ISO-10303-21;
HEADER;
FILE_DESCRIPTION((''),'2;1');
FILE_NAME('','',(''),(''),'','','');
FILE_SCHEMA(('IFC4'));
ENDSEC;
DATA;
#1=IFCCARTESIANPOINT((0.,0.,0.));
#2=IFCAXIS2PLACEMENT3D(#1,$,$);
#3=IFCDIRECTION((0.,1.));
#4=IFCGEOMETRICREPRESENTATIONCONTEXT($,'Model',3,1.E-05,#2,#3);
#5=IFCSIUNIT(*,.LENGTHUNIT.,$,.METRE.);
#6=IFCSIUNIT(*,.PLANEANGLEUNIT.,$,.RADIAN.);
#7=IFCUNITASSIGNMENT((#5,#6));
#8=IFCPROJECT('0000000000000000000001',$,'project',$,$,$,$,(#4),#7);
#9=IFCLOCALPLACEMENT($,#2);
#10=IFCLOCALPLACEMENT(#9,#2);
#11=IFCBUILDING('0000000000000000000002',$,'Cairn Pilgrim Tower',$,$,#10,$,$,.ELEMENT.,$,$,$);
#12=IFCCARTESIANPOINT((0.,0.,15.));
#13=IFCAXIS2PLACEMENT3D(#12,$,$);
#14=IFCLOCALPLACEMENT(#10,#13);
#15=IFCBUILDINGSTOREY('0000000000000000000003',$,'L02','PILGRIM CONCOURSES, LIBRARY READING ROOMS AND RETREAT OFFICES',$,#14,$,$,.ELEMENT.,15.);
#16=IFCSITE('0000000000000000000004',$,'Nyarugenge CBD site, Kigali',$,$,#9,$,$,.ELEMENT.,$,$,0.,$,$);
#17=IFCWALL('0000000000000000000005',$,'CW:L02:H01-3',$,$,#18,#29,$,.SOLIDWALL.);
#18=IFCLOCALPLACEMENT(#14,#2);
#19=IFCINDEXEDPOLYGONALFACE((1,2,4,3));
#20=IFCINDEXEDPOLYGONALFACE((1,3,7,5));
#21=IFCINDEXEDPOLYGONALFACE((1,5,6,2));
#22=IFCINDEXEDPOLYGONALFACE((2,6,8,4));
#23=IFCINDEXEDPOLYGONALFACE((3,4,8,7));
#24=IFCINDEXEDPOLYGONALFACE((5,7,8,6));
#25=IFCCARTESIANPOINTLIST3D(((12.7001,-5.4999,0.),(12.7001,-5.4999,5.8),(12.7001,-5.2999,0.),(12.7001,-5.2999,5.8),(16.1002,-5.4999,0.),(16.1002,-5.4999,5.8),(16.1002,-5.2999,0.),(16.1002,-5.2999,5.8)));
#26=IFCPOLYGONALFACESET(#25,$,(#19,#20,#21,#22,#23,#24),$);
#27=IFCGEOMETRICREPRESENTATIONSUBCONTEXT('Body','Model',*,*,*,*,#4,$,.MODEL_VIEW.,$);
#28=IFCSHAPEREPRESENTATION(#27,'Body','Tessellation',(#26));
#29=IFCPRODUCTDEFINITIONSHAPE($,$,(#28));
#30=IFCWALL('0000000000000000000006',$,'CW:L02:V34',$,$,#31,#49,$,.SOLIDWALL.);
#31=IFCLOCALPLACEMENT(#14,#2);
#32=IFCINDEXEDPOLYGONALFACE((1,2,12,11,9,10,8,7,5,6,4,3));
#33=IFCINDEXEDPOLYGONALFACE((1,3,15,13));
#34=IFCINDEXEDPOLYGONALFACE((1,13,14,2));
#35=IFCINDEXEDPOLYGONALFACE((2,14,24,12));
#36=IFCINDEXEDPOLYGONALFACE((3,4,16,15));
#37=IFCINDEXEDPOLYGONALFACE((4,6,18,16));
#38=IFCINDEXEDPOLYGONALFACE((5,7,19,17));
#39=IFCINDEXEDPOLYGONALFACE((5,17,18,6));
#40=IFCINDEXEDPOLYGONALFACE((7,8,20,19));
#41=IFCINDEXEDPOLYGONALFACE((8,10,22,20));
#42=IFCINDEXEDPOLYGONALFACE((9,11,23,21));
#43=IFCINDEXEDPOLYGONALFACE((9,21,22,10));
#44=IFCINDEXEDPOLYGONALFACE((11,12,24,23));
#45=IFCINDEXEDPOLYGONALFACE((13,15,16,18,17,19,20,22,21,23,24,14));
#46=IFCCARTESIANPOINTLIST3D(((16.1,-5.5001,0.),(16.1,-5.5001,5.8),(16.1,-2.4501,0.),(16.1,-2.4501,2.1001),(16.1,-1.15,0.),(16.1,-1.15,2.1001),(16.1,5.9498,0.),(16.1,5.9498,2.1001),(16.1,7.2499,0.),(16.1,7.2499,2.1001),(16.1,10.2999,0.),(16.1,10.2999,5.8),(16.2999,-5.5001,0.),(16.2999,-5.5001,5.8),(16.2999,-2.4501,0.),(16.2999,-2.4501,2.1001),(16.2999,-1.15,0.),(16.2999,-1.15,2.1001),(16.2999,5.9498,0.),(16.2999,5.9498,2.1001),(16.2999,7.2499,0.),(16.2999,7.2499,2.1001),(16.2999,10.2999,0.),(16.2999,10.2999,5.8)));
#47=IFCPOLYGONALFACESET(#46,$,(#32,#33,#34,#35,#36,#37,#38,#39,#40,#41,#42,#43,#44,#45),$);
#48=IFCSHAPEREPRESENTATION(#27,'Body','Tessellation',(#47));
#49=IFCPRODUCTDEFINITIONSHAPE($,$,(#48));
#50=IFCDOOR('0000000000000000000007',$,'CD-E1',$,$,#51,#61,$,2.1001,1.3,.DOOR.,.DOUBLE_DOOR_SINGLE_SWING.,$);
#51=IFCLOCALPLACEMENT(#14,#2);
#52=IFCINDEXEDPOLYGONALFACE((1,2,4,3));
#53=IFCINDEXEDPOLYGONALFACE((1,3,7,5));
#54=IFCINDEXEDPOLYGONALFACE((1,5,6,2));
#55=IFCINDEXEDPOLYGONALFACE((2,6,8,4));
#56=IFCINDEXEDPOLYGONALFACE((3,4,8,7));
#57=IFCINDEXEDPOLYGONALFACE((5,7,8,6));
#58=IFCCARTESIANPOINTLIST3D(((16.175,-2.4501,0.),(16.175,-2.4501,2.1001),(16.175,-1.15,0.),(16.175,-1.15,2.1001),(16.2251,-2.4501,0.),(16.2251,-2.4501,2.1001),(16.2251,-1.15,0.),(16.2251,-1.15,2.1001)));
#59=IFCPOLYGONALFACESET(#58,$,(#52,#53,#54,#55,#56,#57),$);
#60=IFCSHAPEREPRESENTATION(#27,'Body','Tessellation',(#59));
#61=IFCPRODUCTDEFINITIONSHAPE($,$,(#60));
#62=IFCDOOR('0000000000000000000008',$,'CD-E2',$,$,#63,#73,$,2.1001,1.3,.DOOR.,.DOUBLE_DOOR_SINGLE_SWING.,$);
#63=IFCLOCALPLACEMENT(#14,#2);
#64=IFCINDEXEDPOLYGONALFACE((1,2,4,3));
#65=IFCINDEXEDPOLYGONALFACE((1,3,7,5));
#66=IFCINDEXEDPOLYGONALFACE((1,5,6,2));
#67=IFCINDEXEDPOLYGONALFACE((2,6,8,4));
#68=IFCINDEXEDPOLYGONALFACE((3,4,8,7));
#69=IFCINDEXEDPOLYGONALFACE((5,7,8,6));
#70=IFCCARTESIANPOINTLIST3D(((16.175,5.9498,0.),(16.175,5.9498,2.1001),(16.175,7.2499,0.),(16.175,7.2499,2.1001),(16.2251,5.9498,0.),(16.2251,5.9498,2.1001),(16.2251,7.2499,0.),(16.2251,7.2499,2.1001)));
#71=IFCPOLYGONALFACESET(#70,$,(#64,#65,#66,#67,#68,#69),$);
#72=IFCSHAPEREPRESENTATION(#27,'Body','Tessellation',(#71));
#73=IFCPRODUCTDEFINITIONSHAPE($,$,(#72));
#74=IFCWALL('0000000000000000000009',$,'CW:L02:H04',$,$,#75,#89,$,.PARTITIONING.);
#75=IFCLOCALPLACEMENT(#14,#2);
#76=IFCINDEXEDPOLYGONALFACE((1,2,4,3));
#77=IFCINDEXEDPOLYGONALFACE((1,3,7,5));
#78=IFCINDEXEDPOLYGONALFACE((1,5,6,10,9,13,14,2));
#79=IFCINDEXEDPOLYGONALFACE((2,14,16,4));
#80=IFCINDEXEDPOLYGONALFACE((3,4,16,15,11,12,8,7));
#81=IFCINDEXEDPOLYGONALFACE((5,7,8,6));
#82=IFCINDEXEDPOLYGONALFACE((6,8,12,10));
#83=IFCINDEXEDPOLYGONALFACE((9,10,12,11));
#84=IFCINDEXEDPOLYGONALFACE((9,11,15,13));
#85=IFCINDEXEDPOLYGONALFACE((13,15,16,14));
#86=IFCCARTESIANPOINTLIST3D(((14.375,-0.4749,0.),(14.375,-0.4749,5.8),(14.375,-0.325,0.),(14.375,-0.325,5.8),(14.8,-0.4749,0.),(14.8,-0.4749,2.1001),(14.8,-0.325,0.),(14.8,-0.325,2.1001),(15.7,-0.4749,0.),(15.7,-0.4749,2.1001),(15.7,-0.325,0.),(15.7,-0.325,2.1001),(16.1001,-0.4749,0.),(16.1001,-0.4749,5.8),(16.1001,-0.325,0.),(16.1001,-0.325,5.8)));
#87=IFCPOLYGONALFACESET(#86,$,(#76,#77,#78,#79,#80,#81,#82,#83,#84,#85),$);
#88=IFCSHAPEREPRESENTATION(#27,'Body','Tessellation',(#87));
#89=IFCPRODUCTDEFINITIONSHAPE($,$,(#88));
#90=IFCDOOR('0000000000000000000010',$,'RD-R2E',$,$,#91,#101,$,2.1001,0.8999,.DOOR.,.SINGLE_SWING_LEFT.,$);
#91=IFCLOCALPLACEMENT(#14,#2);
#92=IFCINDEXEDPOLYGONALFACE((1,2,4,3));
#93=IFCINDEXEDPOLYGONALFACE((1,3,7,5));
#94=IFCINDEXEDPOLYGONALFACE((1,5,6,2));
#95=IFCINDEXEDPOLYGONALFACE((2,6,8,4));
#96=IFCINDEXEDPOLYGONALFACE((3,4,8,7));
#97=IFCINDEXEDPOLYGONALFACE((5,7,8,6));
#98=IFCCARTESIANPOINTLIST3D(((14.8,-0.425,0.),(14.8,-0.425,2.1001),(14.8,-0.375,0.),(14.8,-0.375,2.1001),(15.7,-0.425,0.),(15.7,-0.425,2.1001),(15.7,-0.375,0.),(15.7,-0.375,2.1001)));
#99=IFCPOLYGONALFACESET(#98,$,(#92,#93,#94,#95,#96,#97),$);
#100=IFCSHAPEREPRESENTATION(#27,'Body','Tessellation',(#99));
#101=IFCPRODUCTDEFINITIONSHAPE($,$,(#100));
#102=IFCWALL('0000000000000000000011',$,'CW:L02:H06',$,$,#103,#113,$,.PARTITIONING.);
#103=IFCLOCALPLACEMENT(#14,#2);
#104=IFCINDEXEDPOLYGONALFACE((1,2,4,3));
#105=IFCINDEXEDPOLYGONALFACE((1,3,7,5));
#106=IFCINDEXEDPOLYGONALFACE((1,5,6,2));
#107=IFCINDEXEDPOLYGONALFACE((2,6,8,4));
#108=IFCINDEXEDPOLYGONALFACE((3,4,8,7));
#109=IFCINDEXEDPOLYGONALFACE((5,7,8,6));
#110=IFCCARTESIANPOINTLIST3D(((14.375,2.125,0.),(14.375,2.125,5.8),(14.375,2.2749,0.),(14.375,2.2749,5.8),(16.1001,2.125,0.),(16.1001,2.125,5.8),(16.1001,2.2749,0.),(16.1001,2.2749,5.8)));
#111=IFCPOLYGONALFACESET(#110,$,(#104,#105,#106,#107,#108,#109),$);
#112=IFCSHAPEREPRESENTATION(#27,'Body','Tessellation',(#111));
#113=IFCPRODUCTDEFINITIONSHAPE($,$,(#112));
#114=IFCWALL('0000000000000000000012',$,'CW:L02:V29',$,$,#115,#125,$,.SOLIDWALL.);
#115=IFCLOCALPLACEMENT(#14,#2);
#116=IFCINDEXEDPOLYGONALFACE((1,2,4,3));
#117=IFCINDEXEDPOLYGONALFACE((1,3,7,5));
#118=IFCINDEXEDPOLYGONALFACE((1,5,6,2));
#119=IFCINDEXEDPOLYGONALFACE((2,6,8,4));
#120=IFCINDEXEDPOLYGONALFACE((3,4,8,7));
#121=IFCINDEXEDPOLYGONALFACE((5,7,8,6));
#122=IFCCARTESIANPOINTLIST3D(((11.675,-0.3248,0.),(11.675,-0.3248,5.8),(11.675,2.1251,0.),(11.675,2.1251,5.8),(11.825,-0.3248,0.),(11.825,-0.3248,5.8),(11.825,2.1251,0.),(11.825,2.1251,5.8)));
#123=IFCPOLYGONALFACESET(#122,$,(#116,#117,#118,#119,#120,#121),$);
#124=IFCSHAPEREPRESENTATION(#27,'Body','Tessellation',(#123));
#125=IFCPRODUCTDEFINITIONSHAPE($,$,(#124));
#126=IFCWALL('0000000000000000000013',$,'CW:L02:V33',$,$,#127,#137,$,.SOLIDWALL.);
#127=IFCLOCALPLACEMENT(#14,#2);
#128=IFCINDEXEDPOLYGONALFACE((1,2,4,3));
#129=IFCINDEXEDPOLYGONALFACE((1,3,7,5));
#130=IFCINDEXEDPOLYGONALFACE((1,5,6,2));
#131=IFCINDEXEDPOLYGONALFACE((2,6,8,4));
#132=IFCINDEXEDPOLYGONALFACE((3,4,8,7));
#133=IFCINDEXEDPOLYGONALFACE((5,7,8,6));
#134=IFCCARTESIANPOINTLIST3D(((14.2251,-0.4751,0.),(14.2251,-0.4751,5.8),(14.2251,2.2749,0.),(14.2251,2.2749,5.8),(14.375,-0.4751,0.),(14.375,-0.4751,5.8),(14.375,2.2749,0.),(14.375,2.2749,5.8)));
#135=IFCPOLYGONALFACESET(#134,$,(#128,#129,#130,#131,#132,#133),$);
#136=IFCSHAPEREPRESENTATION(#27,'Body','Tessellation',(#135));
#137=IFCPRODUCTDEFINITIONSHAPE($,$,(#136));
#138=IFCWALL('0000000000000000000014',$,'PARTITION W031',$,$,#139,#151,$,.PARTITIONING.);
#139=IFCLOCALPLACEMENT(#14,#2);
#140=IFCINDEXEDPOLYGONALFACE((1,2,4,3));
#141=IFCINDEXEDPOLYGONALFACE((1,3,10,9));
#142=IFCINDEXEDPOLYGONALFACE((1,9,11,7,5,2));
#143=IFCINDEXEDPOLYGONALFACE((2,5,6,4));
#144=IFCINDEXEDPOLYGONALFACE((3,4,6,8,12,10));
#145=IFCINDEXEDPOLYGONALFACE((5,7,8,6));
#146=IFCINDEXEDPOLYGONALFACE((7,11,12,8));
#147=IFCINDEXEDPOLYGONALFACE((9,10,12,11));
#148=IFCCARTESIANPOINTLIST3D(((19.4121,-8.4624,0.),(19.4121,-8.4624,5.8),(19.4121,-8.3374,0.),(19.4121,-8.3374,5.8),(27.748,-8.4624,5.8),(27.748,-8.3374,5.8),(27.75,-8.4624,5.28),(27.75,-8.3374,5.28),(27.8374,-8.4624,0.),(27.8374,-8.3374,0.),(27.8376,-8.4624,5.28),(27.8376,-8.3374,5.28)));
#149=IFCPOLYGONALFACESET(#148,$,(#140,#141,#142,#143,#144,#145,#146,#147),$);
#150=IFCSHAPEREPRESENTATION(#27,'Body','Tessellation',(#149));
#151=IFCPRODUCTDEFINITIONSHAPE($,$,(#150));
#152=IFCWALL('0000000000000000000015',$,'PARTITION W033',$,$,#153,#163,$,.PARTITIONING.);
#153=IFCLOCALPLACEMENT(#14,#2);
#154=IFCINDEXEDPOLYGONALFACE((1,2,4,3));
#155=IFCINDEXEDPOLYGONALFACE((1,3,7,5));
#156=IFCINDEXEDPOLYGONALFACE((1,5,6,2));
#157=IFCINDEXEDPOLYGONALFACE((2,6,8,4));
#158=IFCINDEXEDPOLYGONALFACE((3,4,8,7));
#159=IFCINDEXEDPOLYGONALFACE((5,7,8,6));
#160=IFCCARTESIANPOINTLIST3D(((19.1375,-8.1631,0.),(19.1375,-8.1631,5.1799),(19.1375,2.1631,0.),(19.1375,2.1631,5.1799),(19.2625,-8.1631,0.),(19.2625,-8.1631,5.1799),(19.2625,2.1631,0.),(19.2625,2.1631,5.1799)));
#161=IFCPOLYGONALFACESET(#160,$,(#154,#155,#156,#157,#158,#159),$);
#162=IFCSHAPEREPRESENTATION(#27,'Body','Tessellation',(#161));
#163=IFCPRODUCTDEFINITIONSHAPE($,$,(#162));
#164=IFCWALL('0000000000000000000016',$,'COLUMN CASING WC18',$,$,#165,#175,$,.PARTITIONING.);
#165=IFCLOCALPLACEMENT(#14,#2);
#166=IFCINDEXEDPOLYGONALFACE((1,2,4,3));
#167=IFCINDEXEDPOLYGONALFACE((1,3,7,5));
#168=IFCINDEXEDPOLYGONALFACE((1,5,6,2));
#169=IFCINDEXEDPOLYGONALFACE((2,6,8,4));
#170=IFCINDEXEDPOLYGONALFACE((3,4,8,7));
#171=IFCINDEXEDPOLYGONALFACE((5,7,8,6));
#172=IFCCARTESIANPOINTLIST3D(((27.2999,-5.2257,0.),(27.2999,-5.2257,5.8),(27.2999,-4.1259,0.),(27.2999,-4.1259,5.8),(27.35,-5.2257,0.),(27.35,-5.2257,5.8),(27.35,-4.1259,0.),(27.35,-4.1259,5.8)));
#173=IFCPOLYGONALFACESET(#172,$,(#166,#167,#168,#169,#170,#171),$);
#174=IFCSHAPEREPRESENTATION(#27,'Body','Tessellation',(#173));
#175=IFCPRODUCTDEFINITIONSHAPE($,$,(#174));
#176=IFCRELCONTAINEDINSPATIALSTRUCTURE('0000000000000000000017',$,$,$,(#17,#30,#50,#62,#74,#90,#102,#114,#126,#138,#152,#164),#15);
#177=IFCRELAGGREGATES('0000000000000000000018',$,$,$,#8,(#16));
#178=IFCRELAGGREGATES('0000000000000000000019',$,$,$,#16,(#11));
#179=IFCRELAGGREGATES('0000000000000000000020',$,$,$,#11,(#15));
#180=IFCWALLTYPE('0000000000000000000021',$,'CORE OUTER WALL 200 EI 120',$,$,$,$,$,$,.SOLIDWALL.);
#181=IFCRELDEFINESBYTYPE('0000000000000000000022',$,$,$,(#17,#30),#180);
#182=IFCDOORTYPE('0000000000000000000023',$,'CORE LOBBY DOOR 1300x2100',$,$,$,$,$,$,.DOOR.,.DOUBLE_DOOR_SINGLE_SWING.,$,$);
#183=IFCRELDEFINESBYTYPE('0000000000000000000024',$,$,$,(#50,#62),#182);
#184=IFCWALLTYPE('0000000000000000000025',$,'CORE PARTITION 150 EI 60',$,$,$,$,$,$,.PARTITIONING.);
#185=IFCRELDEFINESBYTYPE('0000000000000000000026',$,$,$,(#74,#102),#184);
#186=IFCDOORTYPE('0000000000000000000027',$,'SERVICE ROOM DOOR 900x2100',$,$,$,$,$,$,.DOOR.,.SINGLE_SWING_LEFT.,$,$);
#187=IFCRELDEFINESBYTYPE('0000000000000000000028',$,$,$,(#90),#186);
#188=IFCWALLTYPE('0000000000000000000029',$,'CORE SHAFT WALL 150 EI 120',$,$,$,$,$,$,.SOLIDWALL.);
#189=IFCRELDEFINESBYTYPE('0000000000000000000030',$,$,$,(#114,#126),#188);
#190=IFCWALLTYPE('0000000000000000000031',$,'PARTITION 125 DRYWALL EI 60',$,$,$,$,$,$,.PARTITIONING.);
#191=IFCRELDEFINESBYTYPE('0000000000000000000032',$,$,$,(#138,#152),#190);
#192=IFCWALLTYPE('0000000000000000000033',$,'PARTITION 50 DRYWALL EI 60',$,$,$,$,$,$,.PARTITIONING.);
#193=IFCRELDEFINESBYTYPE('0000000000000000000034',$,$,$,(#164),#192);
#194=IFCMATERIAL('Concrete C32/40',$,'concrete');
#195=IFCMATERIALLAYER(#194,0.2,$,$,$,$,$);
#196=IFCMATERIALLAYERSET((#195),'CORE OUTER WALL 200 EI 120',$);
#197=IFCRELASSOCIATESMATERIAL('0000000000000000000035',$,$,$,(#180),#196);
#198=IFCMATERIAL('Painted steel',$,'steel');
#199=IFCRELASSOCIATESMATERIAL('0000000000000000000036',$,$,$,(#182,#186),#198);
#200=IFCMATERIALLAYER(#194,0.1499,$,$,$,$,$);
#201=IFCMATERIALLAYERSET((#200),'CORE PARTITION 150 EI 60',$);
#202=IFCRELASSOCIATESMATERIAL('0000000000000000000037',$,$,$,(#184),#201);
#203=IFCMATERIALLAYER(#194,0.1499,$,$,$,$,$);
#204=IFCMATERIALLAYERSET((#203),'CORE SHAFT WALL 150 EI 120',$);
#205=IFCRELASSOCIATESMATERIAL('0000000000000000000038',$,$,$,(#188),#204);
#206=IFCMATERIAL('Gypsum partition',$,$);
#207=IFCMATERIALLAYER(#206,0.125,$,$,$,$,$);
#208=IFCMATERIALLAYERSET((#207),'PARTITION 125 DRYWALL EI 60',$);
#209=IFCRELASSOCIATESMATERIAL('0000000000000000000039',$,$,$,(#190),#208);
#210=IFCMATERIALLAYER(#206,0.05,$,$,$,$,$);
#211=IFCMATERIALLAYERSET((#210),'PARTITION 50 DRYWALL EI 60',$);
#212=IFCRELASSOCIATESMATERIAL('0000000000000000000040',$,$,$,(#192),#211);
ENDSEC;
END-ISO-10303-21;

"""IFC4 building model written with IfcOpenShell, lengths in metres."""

from ifc_helpers import new_model, si_unit, direction, frame, frame_2d, origin, place, context, subcontext, project, spatial, polyline, rectangle, outline, extrude, material, layer, layer_set, type_object, element, fill, save


model = new_model("IFC4")

# Units and contexts
model_context = context("Model", 3, precision=1e-05, world=origin(), true_north=direction((0.0, 1.0)))
body_context = subcontext(model_context, "Body", "Model", "MODEL_VIEW")
ifc_project = project(units=[si_unit("LENGTHUNIT", "METRE"), si_unit("PLANEANGLEUNIT", "RADIAN")], contexts=[model_context])

# Site, building, storey
site_placement = place(None, origin())
site = spatial("IfcSite", under=ifc_project, at=site_placement, Name="Nyarugenge CBD site, Kigali", CompositionType="ELEMENT", RefElevation=0.0)
building_placement = place(site_placement, origin())
building = spatial("IfcBuilding", under=site, at=building_placement, Name="Cairn Pilgrim Tower", CompositionType="ELEMENT")
storey_placement = place(building_placement, frame((0.0, 0.0, 15.0)))
storey = spatial("IfcBuildingStorey", under=building, at=storey_placement, Name="L02", Description="PILGRIM CONCOURSES, LIBRARY READING ROOMS AND RETREAT OFFICES", CompositionType="ELEMENT", Elevation=15.0)

# Wall
ifc_material_1 = material(Name="Concrete C32/40", Category="concrete")
ifc_layer_1 = layer(ifc_material_1, 0.2)
ifc_layer_set_1 = layer_set([ifc_layer_1], Name="CORE OUTER WALL 200 EI 120")
wall_type_1 = type_object("IfcWallType", Name="CORE OUTER WALL 200 EI 120", PredefinedType="SOLIDWALL", material=ifc_layer_set_1)
wall_1_placement = place(storey_placement, frame((12.7, -5.3999, 0.0), z_axis=(0.0, 0.0, 1.0), x_axis=(1.0, 0.0, 0.0)))
element("IfcWall", 1, at=wall_1_placement, inside=storey, type_object=wall_type_1, Name="CW:L02:H01-3", PredefinedType="SOLIDWALL", context=body_context, shape_type="SweptSolid", body=[
    extrude(rectangle(XDim=3.4001, YDim=0.2, at=frame_2d((1.7002, 0.0))), origin(), (0.0, 0.0, 1.0), 5.8),
])

# Wall, openings, doors
wall_2_placement = place(storey_placement, frame((16.2, -5.5, 0.0), z_axis=(0.0, 0.0, 1.0), x_axis=(0.0, 1.0, 0.0)))
wall_2 = element("IfcWall", 2, at=wall_2_placement, inside=storey, type_object=wall_type_1, Name="CW:L02:V34", PredefinedType="SOLIDWALL", context=body_context, shape_type="SweptSolid", body=[
    extrude(rectangle(XDim=15.8, YDim=0.2, at=frame_2d((7.8999, 0.0))), origin(), (0.0, 0.0, 1.0), 5.8),
])
opening_1_placement = place(wall_2_placement, frame((3.05, 0.0, 0.0)))
opening_1 = element("IfcOpeningElement", 3, at=opening_1_placement, cuts=wall_2, PredefinedType="OPENING", context=body_context, shape_type="SweptSolid", body=[
    extrude(rectangle(XDim=1.3, YDim=2.1001, at=frame_2d((0.6499, 1.05))), frame((0.0, 0.1099, 0.0), z_axis=(0.0, -1.0, 0.0), x_axis=(1.0, 0.0, 0.0)), (0.0, 0.0, 1.0), 0.22),
])
opening_2_placement = place(wall_2_placement, frame((11.45, 0.0, 0.0)))
opening_2 = element("IfcOpeningElement", 4, at=opening_2_placement, cuts=wall_2, PredefinedType="OPENING", context=body_context, shape_type="SweptSolid", body=[
    extrude(rectangle(XDim=1.3, YDim=2.1001, at=frame_2d((0.6499, 1.05))), frame((0.0, 0.1099, 0.0), z_axis=(0.0, -1.0, 0.0), x_axis=(1.0, 0.0, 0.0)), (0.0, 0.0, 1.0), 0.22),
])
ifc_material_2 = material(Name="Painted steel", Category="steel")
door_type_1 = type_object("IfcDoorType", Name="CORE LOBBY DOOR 1300x2100", OperationType="DOUBLE_DOOR_SINGLE_SWING", PredefinedType="DOOR", material=ifc_material_2)
door_1_placement = place(opening_1_placement, origin())
door_1 = element("IfcDoor", 5, at=door_1_placement, inside=storey, type_object=door_type_1, Name="CD-E1", OperationType="DOUBLE_DOOR_SINGLE_SWING", OverallHeight=2.1001, OverallWidth=1.3, PredefinedType="DOOR", context=body_context, shape_type="SweptSolid", body=[
    extrude(rectangle(XDim=1.3, YDim=2.1001, at=frame_2d((0.6499, 1.05))), frame((0.0, 0.0249, 0.0), z_axis=(0.0, -1.0, 0.0), x_axis=(1.0, 0.0, 0.0)), (0.0, 0.0, 1.0), 0.05),
])
fill(opening_1, door_1)
door_2_placement = place(opening_2_placement, origin())
door_2 = element("IfcDoor", 6, at=door_2_placement, inside=storey, type_object=door_type_1, Name="CD-E2", OperationType="DOUBLE_DOOR_SINGLE_SWING", OverallHeight=2.1001, OverallWidth=1.3, PredefinedType="DOOR", context=body_context, shape_type="SweptSolid", body=[
    extrude(rectangle(XDim=1.3, YDim=2.1001, at=frame_2d((0.6499, 1.05))), frame((0.0, 0.0249, 0.0), z_axis=(0.0, -1.0, 0.0), x_axis=(1.0, 0.0, 0.0)), (0.0, 0.0, 1.0), 0.05),
])
fill(opening_2, door_2)

# Wall, opening, door
ifc_layer_2 = layer(ifc_material_1, 0.1499)
ifc_layer_set_2 = layer_set([ifc_layer_2], Name="CORE PARTITION 150 EI 60")
wall_type_2 = type_object("IfcWallType", Name="CORE PARTITION 150 EI 60", PredefinedType="PARTITIONING", material=ifc_layer_set_2)
wall_3_placement = place(storey_placement, frame((14.375, -0.3999, 0.0), z_axis=(0.0, 0.0, 1.0), x_axis=(1.0, 0.0, 0.0)))
wall_3 = element("IfcWall", 7, at=wall_3_placement, inside=storey, type_object=wall_type_2, Name="CW:L02:H04", PredefinedType="PARTITIONING", context=body_context, shape_type="SweptSolid", body=[
    extrude(rectangle(XDim=1.7251, YDim=0.1499, at=frame_2d((0.8625, 0.0))), origin(), (0.0, 0.0, 1.0), 5.8),
])
opening_3_placement = place(wall_3_placement, frame((0.425, 0.0, 0.0)))
opening_3 = element("IfcOpeningElement", 8, at=opening_3_placement, cuts=wall_3, PredefinedType="OPENING", context=body_context, shape_type="SweptSolid", body=[
    extrude(rectangle(XDim=0.8999, YDim=2.1001, at=frame_2d((0.45, 1.05))), frame((0.0, 0.085, 0.0), z_axis=(0.0, -1.0, 0.0), x_axis=(1.0, 0.0, 0.0)), (0.0, 0.0, 1.0), 0.1699),
])
door_type_2 = type_object("IfcDoorType", Name="SERVICE ROOM DOOR 900x2100", OperationType="SINGLE_SWING_LEFT", PredefinedType="DOOR", material=ifc_material_2)
door_3_placement = place(opening_3_placement, origin())
door_3 = element("IfcDoor", 9, at=door_3_placement, inside=storey, type_object=door_type_2, Name="RD-R2E", OperationType="SINGLE_SWING_LEFT", OverallHeight=2.1001, OverallWidth=0.8999, PredefinedType="DOOR", context=body_context, shape_type="SweptSolid", body=[
    extrude(rectangle(XDim=0.8999, YDim=2.1001, at=frame_2d((0.45, 1.05))), frame((0.0, 0.0249, 0.0), z_axis=(0.0, -1.0, 0.0), x_axis=(1.0, 0.0, 0.0)), (0.0, 0.0, 1.0), 0.05),
])
fill(opening_3, door_3)

# Walls
wall_4_placement = place(storey_placement, frame((14.375, 2.2, 0.0), z_axis=(0.0, 0.0, 1.0), x_axis=(1.0, 0.0, 0.0)))
element("IfcWall", 10, at=wall_4_placement, inside=storey, type_object=wall_type_2, Name="CW:L02:H06", PredefinedType="PARTITIONING", context=body_context, shape_type="SweptSolid", body=[
    extrude(rectangle(XDim=1.7251, YDim=0.1499, at=frame_2d((0.8625, 0.0))), origin(), (0.0, 0.0, 1.0), 5.8),
])
ifc_layer_3 = layer(ifc_material_1, 0.1499)
ifc_layer_set_3 = layer_set([ifc_layer_3], Name="CORE SHAFT WALL 150 EI 120")
wall_type_3 = type_object("IfcWallType", Name="CORE SHAFT WALL 150 EI 120", PredefinedType="SOLIDWALL", material=ifc_layer_set_3)
wall_5_placement = place(storey_placement, frame((11.75, -0.325, 0.0), z_axis=(0.0, 0.0, 1.0), x_axis=(0.0, 1.0, 0.0)))
element("IfcWall", 11, at=wall_5_placement, inside=storey, type_object=wall_type_3, Name="CW:L02:V29", PredefinedType="SOLIDWALL", context=body_context, shape_type="SweptSolid", body=[
    extrude(rectangle(XDim=2.45, YDim=0.1499, at=frame_2d((1.2251, 0.0))), origin(), (0.0, 0.0, 1.0), 5.8),
])
wall_6_placement = place(storey_placement, frame((14.3, -0.4751, 0.0), z_axis=(0.0, 0.0, 1.0), x_axis=(0.0, 1.0, 0.0)))
element("IfcWall", 12, at=wall_6_placement, inside=storey, type_object=wall_type_3, Name="CW:L02:V33", PredefinedType="SOLIDWALL", context=body_context, shape_type="SweptSolid", body=[
    extrude(rectangle(XDim=2.75, YDim=0.1499, at=frame_2d((1.375, 0.0))), origin(), (0.0, 0.0, 1.0), 5.8),
])
ifc_material_3 = material(Name="Gypsum partition")
ifc_layer_4 = layer(ifc_material_3, 0.125)
ifc_layer_set_4 = layer_set([ifc_layer_4], Name="PARTITION 125 DRYWALL EI 60")
wall_type_4 = type_object("IfcWallType", Name="PARTITION 125 DRYWALL EI 60", PredefinedType="PARTITIONING", material=ifc_layer_set_4)
wall_7_placement = place(storey_placement, frame((19.4121, -8.3999, 0.0), z_axis=(0.0, 0.0, 1.0), x_axis=(1.0, 0.0, 0.0)))
element("IfcWall", 13, at=wall_7_placement, inside=storey, type_object=wall_type_4, Name="PARTITION W031", PredefinedType="PARTITIONING", context=body_context, shape_type="SweptSolid", body=[
    extrude(outline(polyline([(0.0, 0.0), (8.4253, 0.0), (8.4255, 5.28), (8.3379, 5.28), (8.3359, 5.8), (0.0, 5.8), (0.0, 0.0)])), frame((0.0, 0.0625, 0.0), z_axis=(0.0, -1.0, 0.0), x_axis=(1.0, 0.0, 0.0)), (0.0, 0.0, 1.0), 0.125),
])
wall_8_placement = place(storey_placement, frame((19.2, -8.1631, 0.0), z_axis=(0.0, 0.0, 1.0), x_axis=(0.0, 1.0, 0.0)))
element("IfcWall", 14, at=wall_8_placement, inside=storey, type_object=wall_type_4, Name="PARTITION W033", PredefinedType="PARTITIONING", context=body_context, shape_type="SweptSolid", body=[
    extrude(rectangle(XDim=10.3262, YDim=0.125, at=frame_2d((5.1631, 0.0))), origin(), (0.0, 0.0, 1.0), 5.1799),
])
ifc_layer_5 = layer(ifc_material_3, 0.05)
ifc_layer_set_5 = layer_set([ifc_layer_5], Name="PARTITION 50 DRYWALL EI 60")
wall_type_5 = type_object("IfcWallType", Name="PARTITION 50 DRYWALL EI 60", PredefinedType="PARTITIONING", material=ifc_layer_set_5)
wall_9_placement = place(storey_placement, frame((27.325, -5.2256, 0.0), z_axis=(0.0, 0.0, 1.0), x_axis=(0.0, 1.0, 0.0)))
element("IfcWall", 15, at=wall_9_placement, inside=storey, type_object=wall_type_5, Name="COLUMN CASING WC18", PredefinedType="PARTITIONING", context=body_context, shape_type="SweptSolid", body=[
    extrude(rectangle(XDim=1.0999, YDim=0.05, at=frame_2d((0.5498, 0.0))), origin(), (0.0, 0.0, 1.0), 5.8),
])

save(model, "model.ifc")
